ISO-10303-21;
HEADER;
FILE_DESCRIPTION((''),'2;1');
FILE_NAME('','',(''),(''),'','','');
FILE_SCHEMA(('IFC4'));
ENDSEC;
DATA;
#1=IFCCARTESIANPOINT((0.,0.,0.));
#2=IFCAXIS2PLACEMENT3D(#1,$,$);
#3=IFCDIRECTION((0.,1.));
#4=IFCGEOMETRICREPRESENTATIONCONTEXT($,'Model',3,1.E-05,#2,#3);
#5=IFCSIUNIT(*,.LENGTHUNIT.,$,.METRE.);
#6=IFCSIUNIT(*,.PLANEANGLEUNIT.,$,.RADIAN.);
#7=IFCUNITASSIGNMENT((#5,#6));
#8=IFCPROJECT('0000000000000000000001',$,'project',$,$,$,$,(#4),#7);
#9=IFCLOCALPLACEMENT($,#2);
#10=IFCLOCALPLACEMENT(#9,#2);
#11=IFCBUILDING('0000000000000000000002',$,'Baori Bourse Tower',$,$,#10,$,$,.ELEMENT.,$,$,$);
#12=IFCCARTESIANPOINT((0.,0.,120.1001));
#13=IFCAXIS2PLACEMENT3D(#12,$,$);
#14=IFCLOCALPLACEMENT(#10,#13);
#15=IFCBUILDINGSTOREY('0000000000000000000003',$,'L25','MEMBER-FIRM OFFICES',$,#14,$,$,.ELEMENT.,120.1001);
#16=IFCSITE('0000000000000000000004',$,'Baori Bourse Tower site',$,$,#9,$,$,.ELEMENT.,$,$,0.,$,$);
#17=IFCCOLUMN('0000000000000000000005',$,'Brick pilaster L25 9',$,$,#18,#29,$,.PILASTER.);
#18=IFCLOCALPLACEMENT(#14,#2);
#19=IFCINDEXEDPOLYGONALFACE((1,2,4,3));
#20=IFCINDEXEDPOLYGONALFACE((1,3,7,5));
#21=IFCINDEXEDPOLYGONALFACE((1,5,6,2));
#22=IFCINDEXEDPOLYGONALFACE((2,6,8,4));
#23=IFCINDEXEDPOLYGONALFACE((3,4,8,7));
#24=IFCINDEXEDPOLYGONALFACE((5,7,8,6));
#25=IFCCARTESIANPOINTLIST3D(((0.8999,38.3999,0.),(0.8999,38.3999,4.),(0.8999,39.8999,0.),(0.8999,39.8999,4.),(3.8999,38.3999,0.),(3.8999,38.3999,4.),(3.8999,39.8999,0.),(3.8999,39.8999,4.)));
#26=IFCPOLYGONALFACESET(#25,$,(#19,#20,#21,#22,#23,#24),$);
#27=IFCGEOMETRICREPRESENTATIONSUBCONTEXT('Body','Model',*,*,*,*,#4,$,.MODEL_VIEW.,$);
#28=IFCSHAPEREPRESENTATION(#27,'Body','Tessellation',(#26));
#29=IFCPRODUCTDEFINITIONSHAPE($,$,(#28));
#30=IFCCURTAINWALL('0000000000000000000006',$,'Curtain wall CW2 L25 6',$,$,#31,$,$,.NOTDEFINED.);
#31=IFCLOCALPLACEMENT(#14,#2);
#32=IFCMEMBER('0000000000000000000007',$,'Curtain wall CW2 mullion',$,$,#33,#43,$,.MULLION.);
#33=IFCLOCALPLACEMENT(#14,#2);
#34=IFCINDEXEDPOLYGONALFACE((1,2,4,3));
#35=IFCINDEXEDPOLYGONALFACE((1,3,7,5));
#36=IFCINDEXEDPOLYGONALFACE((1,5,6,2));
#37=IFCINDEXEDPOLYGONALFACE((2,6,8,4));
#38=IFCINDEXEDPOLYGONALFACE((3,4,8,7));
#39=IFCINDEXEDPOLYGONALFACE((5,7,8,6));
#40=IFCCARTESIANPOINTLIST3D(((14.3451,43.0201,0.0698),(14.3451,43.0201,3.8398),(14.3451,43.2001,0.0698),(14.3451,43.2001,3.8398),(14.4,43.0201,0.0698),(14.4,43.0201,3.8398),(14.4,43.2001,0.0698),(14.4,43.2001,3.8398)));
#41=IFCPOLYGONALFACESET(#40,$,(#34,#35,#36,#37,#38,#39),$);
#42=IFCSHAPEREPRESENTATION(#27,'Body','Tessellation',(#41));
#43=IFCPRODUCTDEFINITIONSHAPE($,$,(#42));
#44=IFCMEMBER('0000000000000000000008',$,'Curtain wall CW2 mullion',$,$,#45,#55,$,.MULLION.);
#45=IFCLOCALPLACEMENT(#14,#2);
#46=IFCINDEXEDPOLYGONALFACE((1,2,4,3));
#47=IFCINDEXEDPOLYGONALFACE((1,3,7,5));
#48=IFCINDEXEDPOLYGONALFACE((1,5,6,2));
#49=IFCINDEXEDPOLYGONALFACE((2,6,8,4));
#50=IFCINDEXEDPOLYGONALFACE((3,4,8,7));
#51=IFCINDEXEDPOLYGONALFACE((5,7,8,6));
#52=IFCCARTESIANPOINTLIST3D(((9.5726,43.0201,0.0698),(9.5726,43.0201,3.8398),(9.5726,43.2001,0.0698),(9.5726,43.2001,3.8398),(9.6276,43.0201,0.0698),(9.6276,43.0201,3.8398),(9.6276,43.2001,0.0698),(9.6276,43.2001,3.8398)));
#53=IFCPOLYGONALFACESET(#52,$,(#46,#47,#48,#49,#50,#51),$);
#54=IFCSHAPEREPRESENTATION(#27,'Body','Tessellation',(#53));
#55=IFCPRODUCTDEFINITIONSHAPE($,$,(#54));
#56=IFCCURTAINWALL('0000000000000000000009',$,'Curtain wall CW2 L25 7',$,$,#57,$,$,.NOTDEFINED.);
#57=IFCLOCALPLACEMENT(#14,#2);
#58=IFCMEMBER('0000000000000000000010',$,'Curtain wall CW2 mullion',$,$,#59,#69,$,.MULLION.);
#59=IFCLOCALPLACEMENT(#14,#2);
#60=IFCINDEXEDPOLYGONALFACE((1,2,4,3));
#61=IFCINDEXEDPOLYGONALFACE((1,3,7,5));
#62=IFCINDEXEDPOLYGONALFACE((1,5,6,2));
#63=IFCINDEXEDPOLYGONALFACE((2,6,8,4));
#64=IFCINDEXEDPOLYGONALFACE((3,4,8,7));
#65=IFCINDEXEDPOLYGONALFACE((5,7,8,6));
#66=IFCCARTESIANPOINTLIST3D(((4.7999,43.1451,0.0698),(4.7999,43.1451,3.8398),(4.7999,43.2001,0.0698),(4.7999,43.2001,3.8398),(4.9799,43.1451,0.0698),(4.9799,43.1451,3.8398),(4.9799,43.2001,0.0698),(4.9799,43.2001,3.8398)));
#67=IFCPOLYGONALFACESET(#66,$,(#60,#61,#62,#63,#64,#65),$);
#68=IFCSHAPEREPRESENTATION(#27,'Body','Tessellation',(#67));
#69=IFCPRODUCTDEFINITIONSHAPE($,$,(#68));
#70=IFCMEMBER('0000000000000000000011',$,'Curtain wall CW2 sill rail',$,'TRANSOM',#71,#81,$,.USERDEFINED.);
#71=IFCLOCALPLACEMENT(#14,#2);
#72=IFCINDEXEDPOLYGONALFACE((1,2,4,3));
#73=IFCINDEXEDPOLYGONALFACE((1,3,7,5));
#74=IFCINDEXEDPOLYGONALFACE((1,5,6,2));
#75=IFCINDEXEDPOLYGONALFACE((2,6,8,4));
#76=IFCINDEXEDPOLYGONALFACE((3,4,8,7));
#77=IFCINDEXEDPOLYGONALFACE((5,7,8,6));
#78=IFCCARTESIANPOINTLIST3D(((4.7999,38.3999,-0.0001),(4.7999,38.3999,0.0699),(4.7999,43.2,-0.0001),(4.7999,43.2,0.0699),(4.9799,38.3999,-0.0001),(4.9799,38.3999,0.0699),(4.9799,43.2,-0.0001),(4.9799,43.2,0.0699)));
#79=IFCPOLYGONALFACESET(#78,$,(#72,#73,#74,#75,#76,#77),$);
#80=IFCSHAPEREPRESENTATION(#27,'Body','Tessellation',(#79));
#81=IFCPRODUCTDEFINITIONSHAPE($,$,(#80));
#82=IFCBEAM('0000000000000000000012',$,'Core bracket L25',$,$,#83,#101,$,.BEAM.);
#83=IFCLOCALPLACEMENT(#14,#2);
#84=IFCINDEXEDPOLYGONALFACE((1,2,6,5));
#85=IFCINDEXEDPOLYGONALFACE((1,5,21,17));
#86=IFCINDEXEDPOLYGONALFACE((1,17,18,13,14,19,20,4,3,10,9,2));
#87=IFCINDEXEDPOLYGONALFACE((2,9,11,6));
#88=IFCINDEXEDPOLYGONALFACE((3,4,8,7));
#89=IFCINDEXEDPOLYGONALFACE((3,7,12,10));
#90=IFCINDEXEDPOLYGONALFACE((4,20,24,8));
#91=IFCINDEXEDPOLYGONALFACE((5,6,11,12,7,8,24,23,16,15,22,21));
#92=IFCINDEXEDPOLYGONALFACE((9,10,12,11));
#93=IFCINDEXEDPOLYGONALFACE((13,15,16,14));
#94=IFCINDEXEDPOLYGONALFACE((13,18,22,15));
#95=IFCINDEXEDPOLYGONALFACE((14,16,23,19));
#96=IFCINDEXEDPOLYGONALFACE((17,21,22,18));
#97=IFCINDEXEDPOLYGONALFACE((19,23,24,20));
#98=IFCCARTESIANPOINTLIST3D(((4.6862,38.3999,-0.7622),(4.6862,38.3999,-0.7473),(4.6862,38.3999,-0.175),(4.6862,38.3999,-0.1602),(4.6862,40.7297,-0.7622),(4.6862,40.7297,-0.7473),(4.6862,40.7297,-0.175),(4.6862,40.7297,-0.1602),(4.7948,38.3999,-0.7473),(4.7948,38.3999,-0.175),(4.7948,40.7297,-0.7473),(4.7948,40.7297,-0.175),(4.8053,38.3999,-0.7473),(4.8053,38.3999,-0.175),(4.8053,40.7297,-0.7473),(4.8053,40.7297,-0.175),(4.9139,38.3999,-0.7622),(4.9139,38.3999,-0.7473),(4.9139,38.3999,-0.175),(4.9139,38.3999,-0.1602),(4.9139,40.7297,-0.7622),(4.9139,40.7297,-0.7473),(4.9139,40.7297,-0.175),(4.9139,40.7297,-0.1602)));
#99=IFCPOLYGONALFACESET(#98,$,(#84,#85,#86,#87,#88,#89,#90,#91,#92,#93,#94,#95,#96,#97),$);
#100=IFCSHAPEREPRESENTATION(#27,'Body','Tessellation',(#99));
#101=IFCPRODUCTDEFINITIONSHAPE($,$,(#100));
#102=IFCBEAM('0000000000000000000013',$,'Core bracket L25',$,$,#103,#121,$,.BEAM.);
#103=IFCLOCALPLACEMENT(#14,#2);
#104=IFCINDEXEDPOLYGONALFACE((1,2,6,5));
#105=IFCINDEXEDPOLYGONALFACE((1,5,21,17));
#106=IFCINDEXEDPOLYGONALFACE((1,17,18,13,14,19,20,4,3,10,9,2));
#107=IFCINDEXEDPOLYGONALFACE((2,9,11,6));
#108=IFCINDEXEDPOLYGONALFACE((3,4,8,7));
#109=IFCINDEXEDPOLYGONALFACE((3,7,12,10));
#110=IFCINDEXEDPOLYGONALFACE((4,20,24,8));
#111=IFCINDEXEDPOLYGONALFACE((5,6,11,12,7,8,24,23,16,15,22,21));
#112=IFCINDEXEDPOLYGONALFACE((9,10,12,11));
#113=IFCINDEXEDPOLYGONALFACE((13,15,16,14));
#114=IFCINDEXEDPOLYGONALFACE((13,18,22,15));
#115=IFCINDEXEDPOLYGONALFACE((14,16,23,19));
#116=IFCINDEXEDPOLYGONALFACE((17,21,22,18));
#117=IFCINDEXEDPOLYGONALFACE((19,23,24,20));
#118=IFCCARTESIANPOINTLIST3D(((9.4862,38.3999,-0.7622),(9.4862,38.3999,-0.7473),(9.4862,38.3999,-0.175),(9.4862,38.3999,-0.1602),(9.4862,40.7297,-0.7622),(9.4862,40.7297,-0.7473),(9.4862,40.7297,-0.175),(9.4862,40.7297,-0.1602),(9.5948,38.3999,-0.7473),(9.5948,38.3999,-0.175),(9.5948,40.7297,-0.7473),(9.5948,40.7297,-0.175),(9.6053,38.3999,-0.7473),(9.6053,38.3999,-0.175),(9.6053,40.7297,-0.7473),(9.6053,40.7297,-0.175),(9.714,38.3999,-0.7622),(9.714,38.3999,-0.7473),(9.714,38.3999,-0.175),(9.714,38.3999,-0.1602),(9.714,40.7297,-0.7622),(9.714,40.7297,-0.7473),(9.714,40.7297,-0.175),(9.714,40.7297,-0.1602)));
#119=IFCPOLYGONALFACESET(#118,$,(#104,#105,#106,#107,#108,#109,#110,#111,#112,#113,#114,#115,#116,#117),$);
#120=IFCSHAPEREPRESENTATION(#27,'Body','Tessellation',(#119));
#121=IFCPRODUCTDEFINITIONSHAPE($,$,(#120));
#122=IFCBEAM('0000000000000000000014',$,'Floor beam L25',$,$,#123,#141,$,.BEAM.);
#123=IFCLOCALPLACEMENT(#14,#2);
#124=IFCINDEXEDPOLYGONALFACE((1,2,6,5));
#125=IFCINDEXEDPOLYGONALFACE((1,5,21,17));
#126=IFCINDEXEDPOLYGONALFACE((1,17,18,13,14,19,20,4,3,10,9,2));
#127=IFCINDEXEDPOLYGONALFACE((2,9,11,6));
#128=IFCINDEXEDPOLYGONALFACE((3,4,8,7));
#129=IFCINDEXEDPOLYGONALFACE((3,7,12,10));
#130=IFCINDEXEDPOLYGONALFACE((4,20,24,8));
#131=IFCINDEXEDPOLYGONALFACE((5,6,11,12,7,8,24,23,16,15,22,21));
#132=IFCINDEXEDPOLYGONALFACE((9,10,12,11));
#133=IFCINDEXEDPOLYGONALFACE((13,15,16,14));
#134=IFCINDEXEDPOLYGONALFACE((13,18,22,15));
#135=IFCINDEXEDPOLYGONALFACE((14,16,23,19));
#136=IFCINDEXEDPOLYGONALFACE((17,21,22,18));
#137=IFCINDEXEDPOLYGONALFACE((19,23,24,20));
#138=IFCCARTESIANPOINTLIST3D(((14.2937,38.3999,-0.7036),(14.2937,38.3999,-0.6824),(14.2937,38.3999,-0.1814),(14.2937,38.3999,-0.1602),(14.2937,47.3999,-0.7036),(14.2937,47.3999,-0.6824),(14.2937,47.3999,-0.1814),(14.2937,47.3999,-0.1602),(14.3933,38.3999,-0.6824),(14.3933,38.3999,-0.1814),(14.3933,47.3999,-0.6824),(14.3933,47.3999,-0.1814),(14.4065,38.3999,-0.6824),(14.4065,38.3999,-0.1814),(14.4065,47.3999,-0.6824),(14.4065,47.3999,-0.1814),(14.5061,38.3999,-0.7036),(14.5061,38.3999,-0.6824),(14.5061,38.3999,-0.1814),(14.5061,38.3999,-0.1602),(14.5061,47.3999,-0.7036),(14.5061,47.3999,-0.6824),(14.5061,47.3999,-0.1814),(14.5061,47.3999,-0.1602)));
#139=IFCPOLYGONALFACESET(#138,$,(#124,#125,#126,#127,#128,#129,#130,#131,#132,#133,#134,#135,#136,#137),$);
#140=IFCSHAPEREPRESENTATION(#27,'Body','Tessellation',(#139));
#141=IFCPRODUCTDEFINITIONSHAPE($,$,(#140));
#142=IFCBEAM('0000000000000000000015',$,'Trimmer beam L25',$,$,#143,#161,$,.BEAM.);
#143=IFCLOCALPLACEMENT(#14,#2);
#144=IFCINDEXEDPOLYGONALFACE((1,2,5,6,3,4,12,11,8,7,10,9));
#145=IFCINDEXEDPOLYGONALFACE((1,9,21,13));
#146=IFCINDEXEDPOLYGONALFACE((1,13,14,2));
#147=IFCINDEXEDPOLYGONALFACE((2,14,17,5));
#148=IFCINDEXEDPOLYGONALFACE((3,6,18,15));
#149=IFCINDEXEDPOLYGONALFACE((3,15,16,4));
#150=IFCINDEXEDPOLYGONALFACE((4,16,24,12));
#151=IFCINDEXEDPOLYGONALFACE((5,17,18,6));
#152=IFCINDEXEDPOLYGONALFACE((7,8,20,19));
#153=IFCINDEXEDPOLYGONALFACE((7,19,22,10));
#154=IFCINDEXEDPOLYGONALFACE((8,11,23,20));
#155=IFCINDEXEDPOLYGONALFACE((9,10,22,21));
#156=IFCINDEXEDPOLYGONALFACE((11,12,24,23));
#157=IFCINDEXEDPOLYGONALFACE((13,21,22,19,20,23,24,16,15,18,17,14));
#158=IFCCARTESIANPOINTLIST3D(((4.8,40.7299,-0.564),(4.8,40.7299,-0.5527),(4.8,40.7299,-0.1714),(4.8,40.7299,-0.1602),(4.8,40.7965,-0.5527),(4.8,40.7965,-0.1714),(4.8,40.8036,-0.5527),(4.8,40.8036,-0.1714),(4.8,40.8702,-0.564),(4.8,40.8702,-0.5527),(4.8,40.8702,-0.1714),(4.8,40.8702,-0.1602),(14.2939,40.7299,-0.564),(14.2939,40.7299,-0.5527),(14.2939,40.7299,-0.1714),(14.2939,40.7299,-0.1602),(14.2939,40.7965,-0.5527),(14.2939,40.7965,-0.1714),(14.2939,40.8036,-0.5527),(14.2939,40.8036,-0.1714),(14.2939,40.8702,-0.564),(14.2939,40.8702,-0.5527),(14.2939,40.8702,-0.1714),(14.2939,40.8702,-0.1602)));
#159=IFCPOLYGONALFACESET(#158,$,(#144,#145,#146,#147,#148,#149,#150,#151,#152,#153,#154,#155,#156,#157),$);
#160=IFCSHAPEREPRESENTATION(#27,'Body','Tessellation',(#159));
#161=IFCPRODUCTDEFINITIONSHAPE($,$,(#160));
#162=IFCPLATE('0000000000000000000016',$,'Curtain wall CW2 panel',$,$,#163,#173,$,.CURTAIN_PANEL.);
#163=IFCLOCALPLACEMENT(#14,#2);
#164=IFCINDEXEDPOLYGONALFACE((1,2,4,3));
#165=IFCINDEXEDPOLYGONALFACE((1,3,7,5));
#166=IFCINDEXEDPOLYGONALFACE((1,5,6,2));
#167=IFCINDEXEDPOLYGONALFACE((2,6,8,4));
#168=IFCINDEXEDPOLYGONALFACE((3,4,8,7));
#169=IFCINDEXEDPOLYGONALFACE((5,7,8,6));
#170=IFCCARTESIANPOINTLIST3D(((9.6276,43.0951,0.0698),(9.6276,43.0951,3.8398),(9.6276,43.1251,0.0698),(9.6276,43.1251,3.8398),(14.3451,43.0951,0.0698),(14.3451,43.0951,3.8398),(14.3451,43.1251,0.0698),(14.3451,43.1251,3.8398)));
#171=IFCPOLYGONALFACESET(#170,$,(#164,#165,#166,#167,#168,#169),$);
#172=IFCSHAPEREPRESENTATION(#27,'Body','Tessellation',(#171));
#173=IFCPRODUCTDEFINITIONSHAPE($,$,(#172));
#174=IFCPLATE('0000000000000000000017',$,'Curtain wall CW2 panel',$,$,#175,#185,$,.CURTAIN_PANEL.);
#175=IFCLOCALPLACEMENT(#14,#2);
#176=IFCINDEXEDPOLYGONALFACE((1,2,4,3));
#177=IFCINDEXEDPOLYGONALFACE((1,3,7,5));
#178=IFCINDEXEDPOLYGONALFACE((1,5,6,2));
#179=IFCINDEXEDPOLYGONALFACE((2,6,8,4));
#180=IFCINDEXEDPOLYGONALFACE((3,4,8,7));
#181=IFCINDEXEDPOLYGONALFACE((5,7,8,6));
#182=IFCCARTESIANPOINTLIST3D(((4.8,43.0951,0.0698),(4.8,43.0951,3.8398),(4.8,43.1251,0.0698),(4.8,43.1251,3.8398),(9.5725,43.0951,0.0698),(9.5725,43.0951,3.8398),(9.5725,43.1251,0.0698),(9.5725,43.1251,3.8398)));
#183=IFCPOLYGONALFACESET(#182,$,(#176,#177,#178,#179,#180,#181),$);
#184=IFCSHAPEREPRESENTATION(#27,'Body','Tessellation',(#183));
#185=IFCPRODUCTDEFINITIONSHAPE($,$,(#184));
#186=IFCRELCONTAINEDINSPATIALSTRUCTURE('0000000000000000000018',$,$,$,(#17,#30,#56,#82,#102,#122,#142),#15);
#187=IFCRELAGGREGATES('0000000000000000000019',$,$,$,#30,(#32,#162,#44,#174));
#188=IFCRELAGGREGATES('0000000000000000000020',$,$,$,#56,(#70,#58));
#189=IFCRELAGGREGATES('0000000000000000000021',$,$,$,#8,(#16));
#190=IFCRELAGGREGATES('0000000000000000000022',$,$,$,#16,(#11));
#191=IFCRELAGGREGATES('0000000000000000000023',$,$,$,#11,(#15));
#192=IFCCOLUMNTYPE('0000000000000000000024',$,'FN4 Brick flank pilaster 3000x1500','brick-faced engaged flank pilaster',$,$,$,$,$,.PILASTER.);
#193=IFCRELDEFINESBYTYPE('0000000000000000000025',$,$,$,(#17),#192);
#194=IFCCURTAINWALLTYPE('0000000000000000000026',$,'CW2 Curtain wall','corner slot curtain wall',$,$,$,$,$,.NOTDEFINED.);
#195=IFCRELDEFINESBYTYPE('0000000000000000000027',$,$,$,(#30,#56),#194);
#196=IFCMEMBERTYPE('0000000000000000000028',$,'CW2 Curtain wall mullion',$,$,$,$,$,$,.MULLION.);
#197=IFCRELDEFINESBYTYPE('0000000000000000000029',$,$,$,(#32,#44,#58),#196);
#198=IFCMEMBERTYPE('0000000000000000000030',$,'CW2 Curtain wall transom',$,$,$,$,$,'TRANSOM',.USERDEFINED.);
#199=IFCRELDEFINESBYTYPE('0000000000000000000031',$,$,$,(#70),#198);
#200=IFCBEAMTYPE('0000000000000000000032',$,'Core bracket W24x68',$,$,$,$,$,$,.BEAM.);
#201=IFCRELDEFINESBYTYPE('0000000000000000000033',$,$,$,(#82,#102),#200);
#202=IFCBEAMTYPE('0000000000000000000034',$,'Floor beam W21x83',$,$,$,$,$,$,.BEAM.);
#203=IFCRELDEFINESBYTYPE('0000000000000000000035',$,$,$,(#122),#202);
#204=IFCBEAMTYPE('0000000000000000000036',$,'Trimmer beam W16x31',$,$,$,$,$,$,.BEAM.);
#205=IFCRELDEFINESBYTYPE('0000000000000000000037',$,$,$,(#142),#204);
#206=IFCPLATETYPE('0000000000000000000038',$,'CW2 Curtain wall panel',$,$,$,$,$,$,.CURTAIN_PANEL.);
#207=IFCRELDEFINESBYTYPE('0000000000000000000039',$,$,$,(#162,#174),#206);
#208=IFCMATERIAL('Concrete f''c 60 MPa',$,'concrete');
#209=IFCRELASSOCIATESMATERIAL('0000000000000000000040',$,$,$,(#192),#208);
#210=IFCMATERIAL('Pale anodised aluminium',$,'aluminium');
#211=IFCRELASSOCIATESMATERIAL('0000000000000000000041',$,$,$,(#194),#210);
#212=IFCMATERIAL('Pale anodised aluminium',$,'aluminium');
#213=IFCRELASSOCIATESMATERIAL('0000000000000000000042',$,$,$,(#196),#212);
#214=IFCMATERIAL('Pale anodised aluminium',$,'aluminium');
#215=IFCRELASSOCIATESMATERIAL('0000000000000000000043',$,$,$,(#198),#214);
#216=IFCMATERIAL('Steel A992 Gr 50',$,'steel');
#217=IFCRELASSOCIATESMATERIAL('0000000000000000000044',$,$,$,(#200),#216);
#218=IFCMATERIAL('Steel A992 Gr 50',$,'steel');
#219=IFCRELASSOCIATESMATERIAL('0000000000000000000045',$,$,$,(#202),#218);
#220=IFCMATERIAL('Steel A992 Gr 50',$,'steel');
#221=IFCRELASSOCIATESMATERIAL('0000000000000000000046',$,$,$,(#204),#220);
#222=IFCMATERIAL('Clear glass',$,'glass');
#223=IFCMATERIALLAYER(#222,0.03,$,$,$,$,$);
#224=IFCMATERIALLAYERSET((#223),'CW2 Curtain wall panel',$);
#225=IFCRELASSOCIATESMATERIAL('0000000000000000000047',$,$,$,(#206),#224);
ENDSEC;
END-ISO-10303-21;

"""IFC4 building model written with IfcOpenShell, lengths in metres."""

from ifc_helpers import new_model, si_unit, direction, frame, origin, origin_2d, place, context, subcontext, project, spatial, rectangle, i_section, extrude, material, layer, layer_set, material_profile, profile_set, type_object, element, aggregate, save


model = new_model("IFC4")

# Units and contexts
model_context = context("Model", 3, precision=1e-05, world=origin(), true_north=direction((0.0, 1.0)))
body_context = subcontext(model_context, "Body", "Model", "MODEL_VIEW")
ifc_project = project(units=[si_unit("LENGTHUNIT", "METRE"), si_unit("PLANEANGLEUNIT", "RADIAN")], contexts=[model_context])

# Site, building, storey
site_placement = place(None, origin())
site = spatial("IfcSite", under=ifc_project, at=site_placement, Name="Baori Bourse Tower site", CompositionType="ELEMENT", RefElevation=0.0)
building_placement = place(site_placement, origin())
building = spatial("IfcBuilding", under=site, at=building_placement, Name="Baori Bourse Tower", CompositionType="ELEMENT")
storey_placement = place(building_placement, frame((0.0, 0.0, 120.1001)))
storey = spatial("IfcBuildingStorey", under=building, at=storey_placement, Name="L25", Description="MEMBER-FIRM OFFICES", CompositionType="ELEMENT", Elevation=120.1001)

# Column
ifc_material_1 = material(Name="Concrete f'c 60 MPa", Category="concrete")
ifc_material_profile_1 = material_profile(ifc_material_1, rectangle(XDim=3.0, YDim=1.5, at=origin_2d()), Name="RC 3000x1500")
ifc_profile_set_1 = profile_set([ifc_material_profile_1], Name="Concrete f'c 60 MPa")
column_type = type_object("IfcColumnType", Name="FN4 Brick flank pilaster 3000x1500", Description="brick-faced engaged flank pilaster", PredefinedType="PILASTER", material=ifc_profile_set_1)
column_placement = place(storey_placement, frame((2.3999, 39.1499, 0.0), z_axis=(0.0, 0.0, 1.0), x_axis=(1.0, 0.0, 0.0)))
element("IfcColumn", 1, at=column_placement, inside=storey, type_object=column_type, Name="Brick pilaster L25 9", PredefinedType="PILASTER", context=body_context, shape_type="SweptSolid", body=[
    extrude(rectangle(XDim=3.0, YDim=1.5, at=origin_2d()), origin(), (0.0, 0.0, 1.0), 4.0),
])

# Curtain walls, members
ifc_material_2 = material(Name="Pale anodised aluminium", Category="aluminium")
curtain_wall_type = type_object("IfcCurtainWallType", Name="CW2 Curtain wall", Description="corner slot curtain wall", PredefinedType="NOTDEFINED", material=ifc_material_2)
curtain_wall_1_placement = place(storey_placement, origin())
curtain_wall_1 = element("IfcCurtainWall", 2, at=curtain_wall_1_placement, inside=storey, type_object=curtain_wall_type, Name="Curtain wall CW2 L25 6", PredefinedType="NOTDEFINED")
ifc_material_3 = material(Name="Pale anodised aluminium", Category="aluminium")
ifc_material_profile_2 = material_profile(ifc_material_3, rectangle(XDim=0.1799, YDim=0.0549, at=origin_2d()), Name="Mullion 55x180")
ifc_profile_set_2 = profile_set([ifc_material_profile_2], Name="Pale anodised aluminium")
member_type_1 = type_object("IfcMemberType", Name="CW2 Curtain wall mullion", PredefinedType="MULLION", material=ifc_profile_set_2)
member_1_placement = place(storey_placement, frame((14.3726, 43.1101, 0.0698), z_axis=(0.0, 0.0, 1.0), x_axis=(0.0, -1.0, 0.0)))
member_1 = element("IfcMember", 3, at=member_1_placement, type_object=member_type_1, Name="Curtain wall CW2 mullion", PredefinedType="MULLION", context=body_context, shape_type="SweptSolid", body=[
    extrude(rectangle(XDim=0.1799, YDim=0.0549, at=origin_2d()), origin(), (0.0, 0.0, 1.0), 3.77),
])
member_2_placement = place(storey_placement, frame((9.6001, 43.1101, 0.0698), z_axis=(0.0, 0.0, 1.0), x_axis=(0.0, -1.0, 0.0)))
member_2 = element("IfcMember", 4, at=member_2_placement, type_object=member_type_1, Name="Curtain wall CW2 mullion", PredefinedType="MULLION", context=body_context, shape_type="SweptSolid", body=[
    extrude(rectangle(XDim=0.1799, YDim=0.0549, at=origin_2d()), origin(), (0.0, 0.0, 1.0), 3.77),
])
curtain_wall_2_placement = place(storey_placement, origin())
curtain_wall_2 = element("IfcCurtainWall", 5, at=curtain_wall_2_placement, inside=storey, type_object=curtain_wall_type, Name="Curtain wall CW2 L25 7", PredefinedType="NOTDEFINED")
member_3_placement = place(storey_placement, frame((4.8899, 43.1726, 0.0698), z_axis=(0.0, 0.0, 1.0), x_axis=(1.0, 0.0, 0.0)))
member_3 = element("IfcMember", 6, at=member_3_placement, type_object=member_type_1, Name="Curtain wall CW2 mullion", PredefinedType="MULLION", context=body_context, shape_type="SweptSolid", body=[
    extrude(rectangle(XDim=0.1799, YDim=0.0549, at=origin_2d()), origin(), (0.0, 0.0, 1.0), 3.77),
])
ifc_material_4 = material(Name="Pale anodised aluminium", Category="aluminium")
ifc_material_profile_3 = material_profile(ifc_material_4, rectangle(XDim=0.1799, YDim=0.0701, at=origin_2d()), Name="Transom 70x180")
ifc_profile_set_3 = profile_set([ifc_material_profile_3], Name="Pale anodised aluminium")
member_type_2 = type_object("IfcMemberType", Name="CW2 Curtain wall transom", ElementType="TRANSOM", PredefinedType="USERDEFINED", material=ifc_profile_set_3)
member_4_placement = place(storey_placement, frame((4.8899, 43.2, 0.0349), z_axis=(0.0, -1.0, 0.0), x_axis=(1.0, 0.0, 0.0)))
member_4 = element("IfcMember", 7, at=member_4_placement, type_object=member_type_2, Name="Curtain wall CW2 sill rail", ObjectType="TRANSOM", PredefinedType="USERDEFINED", context=body_context, shape_type="SweptSolid", body=[
    extrude(rectangle(XDim=0.1799, YDim=0.0701, at=origin_2d()), origin(), (0.0, 0.0, 1.0), 4.8),
])

# Beams
ifc_material_5 = material(Name="Steel A992 Gr 50", Category="steel")
ifc_material_profile_4 = material_profile(ifc_material_5, i_section(OverallWidth=0.2278, OverallDepth=0.6021, WebThickness=0.0105, FlangeThickness=0.0149, at=origin_2d()), Name="W24x68")
ifc_profile_set_4 = profile_set([ifc_material_profile_4], Name="Steel A992 Gr 50")
beam_type_1 = type_object("IfcBeamType", Name="Core bracket W24x68", PredefinedType="BEAM", material=ifc_profile_set_4)
for number, where, z_axis, x_axis, name in (
    (8, (4.8, 38.3999, -0.4612), (0.0, 1.0, 0.0), (-1.0, 0.0, 0.0), "Core bracket L25"),
    (9, (9.6001, 38.3999, -0.4612), (0.0, 1.0, 0.0), (-1.0, 0.0, 0.0), "Core bracket L25"),
):
    element("IfcBeam", number, at=place(storey_placement, frame(where, z_axis=z_axis, x_axis=x_axis)), inside=storey, type_object=beam_type_1, Name=name, PredefinedType="BEAM", context=body_context, shape_type="SweptSolid", body=[
        extrude(i_section(OverallWidth=0.2278, OverallDepth=0.6021, WebThickness=0.0105, FlangeThickness=0.0149, at=origin_2d()), origin(), (0.0, 0.0, 1.0), 2.3298),
    ])
ifc_material_6 = material(Name="Steel A992 Gr 50", Category="steel")
ifc_material_profile_5 = material_profile(ifc_material_6, i_section(OverallWidth=0.2124, OverallDepth=0.5435, WebThickness=0.0132, FlangeThickness=0.0212, at=origin_2d()), Name="W21x83")
ifc_profile_set_5 = profile_set([ifc_material_profile_5], Name="Steel A992 Gr 50")
beam_type_2 = type_object("IfcBeamType", Name="Floor beam W21x83", PredefinedType="BEAM", material=ifc_profile_set_5)
beam_1_placement = place(storey_placement, frame((14.3999, 38.3999, -0.4319), z_axis=(0.0, 1.0, 0.0), x_axis=(-1.0, 0.0, 0.0)))
element("IfcBeam", 10, at=beam_1_placement, inside=storey, type_object=beam_type_2, Name="Floor beam L25", PredefinedType="BEAM", context=body_context, shape_type="SweptSolid", body=[
    extrude(i_section(OverallWidth=0.2124, OverallDepth=0.5435, WebThickness=0.0132, FlangeThickness=0.0212, at=origin_2d()), origin(), (0.0, 0.0, 1.0), 9.0),
])
ifc_material_7 = material(Name="Steel A992 Gr 50", Category="steel")
ifc_material_profile_6 = material_profile(ifc_material_7, i_section(OverallWidth=0.1404, OverallDepth=0.4038, WebThickness=0.0071, FlangeThickness=0.0112, at=origin_2d()), Name="W16x31")
ifc_profile_set_6 = profile_set([ifc_material_profile_6], Name="Steel A992 Gr 50")
beam_type_3 = type_object("IfcBeamType", Name="Trimmer beam W16x31", PredefinedType="BEAM", material=ifc_profile_set_6)
beam_2_placement = place(storey_placement, frame((4.8, 40.8, -0.3621), z_axis=(1.0, 0.0, 0.0), x_axis=(0.0, 1.0, 0.0)))
element("IfcBeam", 11, at=beam_2_placement, inside=storey, type_object=beam_type_3, Name="Trimmer beam L25", PredefinedType="BEAM", context=body_context, shape_type="SweptSolid", body=[
    extrude(i_section(OverallWidth=0.1404, OverallDepth=0.4038, WebThickness=0.0071, FlangeThickness=0.0112, at=origin_2d()), origin(), (0.0, 0.0, 1.0), 9.4939),
])

# Plates
ifc_material_8 = material(Name="Clear glass", Category="glass")
ifc_layer_1 = layer(ifc_material_8, 0.03)
ifc_layer_set_1 = layer_set([ifc_layer_1], Name="CW2 Curtain wall panel")
plate_type = type_object("IfcPlateType", Name="CW2 Curtain wall panel", PredefinedType="CURTAIN_PANEL", material=ifc_layer_set_1)
plate_1_placement = place(storey_placement, frame((11.9863, 43.1101, 0.0698), z_axis=(0.0, 0.0, 1.0), x_axis=(-1.0, 0.0, 0.0)))
plate_1 = element("IfcPlate", 12, at=plate_1_placement, type_object=plate_type, Name="Curtain wall CW2 panel", PredefinedType="CURTAIN_PANEL", context=body_context, shape_type="SweptSolid", body=[
    extrude(rectangle(XDim=4.7175, YDim=0.03, at=origin_2d()), origin(), (0.0, 0.0, 1.0), 3.77),
])
plate_2_placement = place(storey_placement, frame((7.1863, 43.1101, 0.0698), z_axis=(0.0, 0.0, 1.0), x_axis=(-1.0, 0.0, 0.0)))
plate_2 = element("IfcPlate", 13, at=plate_2_placement, type_object=plate_type, Name="Curtain wall CW2 panel", PredefinedType="CURTAIN_PANEL", context=body_context, shape_type="SweptSolid", body=[
    extrude(rectangle(XDim=4.7725, YDim=0.03, at=origin_2d()), origin(), (0.0, 0.0, 1.0), 3.77),
])
aggregate(curtain_wall_1, [member_1, plate_1, member_2, plate_2])
aggregate(curtain_wall_2, [member_4, member_3])

save(model, "model.ifc")
